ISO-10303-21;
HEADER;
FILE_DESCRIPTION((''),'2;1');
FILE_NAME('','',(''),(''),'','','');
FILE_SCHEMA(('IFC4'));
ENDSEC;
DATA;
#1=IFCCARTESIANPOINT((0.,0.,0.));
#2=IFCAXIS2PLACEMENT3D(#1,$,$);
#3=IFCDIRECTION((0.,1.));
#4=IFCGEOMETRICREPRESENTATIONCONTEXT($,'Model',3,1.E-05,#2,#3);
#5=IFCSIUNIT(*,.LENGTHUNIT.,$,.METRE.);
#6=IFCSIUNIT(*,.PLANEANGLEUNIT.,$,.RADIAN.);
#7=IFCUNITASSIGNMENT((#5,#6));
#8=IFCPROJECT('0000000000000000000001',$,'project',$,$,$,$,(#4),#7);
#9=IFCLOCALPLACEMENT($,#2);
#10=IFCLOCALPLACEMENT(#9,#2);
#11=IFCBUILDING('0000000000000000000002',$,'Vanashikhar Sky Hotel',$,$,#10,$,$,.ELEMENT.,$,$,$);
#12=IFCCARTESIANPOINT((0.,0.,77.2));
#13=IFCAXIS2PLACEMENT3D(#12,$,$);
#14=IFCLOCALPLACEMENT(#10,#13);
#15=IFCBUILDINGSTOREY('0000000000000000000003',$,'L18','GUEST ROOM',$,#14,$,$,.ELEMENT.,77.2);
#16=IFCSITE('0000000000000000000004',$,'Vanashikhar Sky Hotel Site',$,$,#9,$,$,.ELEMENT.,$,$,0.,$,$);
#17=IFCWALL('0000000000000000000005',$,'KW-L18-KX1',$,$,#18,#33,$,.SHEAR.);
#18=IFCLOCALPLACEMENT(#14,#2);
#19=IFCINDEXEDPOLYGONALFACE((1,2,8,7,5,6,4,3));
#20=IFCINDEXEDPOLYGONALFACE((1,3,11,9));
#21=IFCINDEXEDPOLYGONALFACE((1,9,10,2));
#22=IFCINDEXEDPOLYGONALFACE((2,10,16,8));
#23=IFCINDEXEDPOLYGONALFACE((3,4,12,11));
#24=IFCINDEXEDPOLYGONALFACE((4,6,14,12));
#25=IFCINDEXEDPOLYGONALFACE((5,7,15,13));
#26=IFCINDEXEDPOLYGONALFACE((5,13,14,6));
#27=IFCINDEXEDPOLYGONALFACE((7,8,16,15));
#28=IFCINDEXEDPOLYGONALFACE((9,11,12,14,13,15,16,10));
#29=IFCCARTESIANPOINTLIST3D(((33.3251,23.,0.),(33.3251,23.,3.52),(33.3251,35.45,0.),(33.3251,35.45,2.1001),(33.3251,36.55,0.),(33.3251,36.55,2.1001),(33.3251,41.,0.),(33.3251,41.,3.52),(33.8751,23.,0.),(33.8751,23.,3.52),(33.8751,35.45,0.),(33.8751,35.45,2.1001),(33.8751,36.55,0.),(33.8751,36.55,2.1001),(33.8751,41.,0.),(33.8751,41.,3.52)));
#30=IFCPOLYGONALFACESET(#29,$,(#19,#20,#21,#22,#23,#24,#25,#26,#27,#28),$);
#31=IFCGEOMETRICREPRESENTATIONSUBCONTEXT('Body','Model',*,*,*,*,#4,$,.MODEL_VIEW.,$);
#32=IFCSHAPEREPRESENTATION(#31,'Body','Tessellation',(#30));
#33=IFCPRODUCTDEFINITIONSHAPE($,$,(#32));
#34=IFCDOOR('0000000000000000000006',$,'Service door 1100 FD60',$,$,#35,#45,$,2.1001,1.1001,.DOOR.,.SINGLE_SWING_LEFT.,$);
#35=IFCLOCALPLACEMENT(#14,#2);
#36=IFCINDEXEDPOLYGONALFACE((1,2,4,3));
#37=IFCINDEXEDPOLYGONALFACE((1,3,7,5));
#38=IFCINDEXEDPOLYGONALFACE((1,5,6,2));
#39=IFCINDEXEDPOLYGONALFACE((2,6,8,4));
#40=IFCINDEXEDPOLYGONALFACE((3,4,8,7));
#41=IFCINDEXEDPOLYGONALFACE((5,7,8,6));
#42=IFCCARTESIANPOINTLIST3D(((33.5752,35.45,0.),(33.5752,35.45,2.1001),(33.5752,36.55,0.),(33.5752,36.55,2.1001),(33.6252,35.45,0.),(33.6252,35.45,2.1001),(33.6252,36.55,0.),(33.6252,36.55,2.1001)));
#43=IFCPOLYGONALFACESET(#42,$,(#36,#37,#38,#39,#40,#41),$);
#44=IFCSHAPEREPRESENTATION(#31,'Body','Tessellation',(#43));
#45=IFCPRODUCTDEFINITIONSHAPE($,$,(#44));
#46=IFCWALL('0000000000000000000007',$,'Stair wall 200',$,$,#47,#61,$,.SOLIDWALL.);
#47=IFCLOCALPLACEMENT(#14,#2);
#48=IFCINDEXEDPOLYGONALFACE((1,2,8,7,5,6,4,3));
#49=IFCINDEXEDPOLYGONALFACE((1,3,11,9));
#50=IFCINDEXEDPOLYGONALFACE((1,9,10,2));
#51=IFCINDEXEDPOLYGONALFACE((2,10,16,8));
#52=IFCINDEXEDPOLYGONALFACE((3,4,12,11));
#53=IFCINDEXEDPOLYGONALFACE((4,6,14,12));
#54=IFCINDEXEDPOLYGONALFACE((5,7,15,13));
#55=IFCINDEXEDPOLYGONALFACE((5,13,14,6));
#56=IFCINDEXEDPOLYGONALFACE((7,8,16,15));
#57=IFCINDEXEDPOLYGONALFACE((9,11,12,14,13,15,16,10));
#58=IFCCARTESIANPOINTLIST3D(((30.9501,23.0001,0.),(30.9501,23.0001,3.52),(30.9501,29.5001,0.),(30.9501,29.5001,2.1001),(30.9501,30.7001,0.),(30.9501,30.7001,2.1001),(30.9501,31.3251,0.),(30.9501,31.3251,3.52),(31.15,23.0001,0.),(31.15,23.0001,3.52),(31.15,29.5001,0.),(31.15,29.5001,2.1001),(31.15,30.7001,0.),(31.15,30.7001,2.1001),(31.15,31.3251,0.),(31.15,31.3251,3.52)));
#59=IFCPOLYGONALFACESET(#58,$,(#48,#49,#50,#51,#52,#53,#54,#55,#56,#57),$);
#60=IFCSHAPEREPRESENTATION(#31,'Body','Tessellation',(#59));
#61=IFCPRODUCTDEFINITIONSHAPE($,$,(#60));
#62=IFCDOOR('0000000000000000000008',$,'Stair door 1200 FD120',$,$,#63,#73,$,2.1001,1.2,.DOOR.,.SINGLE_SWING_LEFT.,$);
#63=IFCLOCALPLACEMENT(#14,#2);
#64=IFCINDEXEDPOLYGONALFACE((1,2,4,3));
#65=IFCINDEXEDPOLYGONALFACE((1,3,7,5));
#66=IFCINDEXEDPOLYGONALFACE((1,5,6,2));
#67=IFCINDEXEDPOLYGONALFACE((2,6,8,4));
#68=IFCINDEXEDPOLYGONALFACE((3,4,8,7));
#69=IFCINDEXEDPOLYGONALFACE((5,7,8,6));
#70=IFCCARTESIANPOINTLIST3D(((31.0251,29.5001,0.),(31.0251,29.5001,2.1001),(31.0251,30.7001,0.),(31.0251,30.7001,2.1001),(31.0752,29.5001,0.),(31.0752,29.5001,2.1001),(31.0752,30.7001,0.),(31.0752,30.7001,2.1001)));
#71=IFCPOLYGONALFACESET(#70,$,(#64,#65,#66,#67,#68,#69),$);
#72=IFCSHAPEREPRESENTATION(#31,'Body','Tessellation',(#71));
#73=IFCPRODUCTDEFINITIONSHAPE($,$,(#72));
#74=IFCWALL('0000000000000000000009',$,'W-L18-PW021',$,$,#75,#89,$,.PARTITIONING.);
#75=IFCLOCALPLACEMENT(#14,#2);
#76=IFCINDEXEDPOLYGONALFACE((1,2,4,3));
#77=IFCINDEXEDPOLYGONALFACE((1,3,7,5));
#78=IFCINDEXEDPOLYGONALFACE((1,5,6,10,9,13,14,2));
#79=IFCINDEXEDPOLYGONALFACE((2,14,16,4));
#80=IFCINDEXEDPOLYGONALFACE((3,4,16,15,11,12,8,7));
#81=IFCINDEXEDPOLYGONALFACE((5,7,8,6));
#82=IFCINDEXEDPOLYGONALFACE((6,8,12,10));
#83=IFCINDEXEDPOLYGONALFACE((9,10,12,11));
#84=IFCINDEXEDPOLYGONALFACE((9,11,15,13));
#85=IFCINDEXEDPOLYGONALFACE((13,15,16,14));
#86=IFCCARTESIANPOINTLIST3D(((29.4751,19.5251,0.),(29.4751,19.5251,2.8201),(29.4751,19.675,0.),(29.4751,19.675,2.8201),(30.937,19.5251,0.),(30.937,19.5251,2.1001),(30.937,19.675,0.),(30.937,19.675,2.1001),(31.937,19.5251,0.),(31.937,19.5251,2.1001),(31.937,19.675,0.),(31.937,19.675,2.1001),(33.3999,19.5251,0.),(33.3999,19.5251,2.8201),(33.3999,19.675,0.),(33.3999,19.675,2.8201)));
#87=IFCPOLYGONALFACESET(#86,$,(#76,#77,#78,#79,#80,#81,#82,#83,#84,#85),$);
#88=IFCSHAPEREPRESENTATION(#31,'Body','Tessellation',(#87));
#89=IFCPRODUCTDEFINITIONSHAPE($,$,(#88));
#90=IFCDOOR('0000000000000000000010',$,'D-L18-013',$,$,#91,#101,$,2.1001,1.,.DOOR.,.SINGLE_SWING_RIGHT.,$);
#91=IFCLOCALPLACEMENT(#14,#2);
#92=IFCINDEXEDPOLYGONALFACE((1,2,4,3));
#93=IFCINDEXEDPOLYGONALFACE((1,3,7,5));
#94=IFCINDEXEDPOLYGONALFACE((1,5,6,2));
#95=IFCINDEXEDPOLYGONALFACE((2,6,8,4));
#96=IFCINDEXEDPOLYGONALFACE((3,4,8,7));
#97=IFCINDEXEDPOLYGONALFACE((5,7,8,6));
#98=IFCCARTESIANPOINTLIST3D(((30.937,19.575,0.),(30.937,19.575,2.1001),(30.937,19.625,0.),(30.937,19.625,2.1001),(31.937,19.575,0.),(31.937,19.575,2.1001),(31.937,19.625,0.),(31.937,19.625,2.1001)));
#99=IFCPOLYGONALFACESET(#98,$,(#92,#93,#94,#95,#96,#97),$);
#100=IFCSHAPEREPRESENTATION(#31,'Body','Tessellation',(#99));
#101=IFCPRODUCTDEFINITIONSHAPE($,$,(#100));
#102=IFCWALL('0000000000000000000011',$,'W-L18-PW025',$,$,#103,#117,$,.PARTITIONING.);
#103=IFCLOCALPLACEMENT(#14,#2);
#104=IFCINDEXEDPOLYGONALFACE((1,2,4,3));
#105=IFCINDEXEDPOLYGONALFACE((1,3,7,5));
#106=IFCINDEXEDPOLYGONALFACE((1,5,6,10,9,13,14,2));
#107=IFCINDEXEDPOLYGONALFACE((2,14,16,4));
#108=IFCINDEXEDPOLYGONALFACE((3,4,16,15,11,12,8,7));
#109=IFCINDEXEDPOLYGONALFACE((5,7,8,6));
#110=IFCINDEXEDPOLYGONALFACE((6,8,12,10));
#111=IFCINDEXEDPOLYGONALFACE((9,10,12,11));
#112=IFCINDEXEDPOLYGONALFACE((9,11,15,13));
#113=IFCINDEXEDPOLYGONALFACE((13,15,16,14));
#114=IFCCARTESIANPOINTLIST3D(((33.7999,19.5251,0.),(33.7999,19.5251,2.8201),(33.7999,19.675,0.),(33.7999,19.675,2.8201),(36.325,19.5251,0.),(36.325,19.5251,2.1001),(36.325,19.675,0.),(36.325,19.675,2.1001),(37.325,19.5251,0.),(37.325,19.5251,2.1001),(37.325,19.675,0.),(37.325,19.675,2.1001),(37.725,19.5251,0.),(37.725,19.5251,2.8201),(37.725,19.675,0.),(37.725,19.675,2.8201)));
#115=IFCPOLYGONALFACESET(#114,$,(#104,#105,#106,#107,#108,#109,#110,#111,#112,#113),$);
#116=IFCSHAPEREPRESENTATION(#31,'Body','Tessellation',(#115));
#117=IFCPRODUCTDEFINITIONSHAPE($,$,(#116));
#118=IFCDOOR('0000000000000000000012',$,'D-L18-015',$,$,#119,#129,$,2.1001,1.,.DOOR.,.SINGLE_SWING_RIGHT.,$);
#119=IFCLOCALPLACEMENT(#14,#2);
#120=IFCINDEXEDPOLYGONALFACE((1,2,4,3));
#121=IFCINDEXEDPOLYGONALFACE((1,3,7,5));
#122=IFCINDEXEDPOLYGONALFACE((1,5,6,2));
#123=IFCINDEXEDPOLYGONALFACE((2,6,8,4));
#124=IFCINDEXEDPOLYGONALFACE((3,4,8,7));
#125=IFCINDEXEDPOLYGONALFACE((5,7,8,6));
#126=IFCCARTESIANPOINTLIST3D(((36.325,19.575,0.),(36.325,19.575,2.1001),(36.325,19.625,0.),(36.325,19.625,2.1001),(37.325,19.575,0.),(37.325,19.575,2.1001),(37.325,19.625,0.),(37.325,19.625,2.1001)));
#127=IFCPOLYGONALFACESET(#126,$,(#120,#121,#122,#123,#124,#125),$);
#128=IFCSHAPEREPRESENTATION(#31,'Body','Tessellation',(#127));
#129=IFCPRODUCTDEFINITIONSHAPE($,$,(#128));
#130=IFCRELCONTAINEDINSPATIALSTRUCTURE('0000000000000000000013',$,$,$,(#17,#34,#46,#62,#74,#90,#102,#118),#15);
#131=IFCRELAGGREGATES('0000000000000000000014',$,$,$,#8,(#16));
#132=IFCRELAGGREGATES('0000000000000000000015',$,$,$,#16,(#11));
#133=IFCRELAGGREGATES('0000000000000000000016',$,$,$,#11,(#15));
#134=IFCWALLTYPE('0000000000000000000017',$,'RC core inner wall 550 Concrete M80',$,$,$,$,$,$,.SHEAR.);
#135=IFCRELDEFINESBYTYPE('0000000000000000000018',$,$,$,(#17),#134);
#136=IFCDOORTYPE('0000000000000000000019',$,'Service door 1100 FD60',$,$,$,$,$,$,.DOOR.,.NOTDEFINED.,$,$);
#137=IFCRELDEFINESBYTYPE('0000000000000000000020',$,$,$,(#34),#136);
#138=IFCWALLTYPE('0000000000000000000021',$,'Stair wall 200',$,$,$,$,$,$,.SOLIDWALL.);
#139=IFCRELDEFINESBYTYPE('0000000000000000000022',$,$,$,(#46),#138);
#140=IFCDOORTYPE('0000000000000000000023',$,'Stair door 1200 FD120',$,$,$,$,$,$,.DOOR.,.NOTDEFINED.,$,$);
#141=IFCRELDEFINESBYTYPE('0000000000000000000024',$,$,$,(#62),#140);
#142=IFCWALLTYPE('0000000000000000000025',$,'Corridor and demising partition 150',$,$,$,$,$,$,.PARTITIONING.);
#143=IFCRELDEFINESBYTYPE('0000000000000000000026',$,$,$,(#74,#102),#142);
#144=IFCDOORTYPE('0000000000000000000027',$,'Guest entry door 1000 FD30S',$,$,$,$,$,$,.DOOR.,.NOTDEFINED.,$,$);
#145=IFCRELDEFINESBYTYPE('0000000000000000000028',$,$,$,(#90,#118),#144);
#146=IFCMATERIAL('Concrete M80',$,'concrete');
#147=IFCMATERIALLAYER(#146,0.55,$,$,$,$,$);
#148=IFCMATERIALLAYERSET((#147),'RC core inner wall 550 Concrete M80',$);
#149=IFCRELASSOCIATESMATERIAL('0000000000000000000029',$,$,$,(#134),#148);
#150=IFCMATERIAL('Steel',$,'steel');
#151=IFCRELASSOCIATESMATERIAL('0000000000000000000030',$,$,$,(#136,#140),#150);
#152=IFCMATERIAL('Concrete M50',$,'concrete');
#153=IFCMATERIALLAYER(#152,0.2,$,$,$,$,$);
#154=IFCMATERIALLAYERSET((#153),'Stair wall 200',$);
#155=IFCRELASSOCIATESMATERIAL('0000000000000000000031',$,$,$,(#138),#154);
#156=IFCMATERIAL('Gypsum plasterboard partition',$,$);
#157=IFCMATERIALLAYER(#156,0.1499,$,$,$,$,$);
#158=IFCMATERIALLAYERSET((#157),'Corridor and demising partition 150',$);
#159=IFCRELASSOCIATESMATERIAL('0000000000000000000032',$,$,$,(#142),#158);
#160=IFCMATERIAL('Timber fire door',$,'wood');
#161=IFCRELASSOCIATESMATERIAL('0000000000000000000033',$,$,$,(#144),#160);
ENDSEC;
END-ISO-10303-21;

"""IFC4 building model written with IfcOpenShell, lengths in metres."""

from ifc_helpers import new_model, si_unit, direction, frame, frame_2d, origin, place, context, subcontext, project, spatial, rectangle, extrude, source, transform, mapped, material, layer, layer_set, type_object, element, fill, save


model = new_model("IFC4")

# Units and contexts
model_context = context("Model", 3, precision=1e-05, world=origin(), true_north=direction((0.0, 1.0)))
body_context = subcontext(model_context, "Body", "Model", "MODEL_VIEW")
ifc_project = project(units=[si_unit("LENGTHUNIT", "METRE"), si_unit("PLANEANGLEUNIT", "RADIAN")], contexts=[model_context])

# Site, building, storey
site_placement = place(None, origin())
site = spatial("IfcSite", under=ifc_project, at=site_placement, Name="Vanashikhar Sky Hotel Site", CompositionType="ELEMENT", RefElevation=0.0)
building_placement = place(site_placement, origin())
building = spatial("IfcBuilding", under=site, at=building_placement, Name="Vanashikhar Sky Hotel", CompositionType="ELEMENT")
storey_placement = place(building_placement, frame((0.0, 0.0, 77.2)))
storey = spatial("IfcBuildingStorey", under=building, at=storey_placement, Name="L18", Description="GUEST ROOM", CompositionType="ELEMENT", Elevation=77.2)

# Walls, openings, doors
ifc_material_1 = material(Name="Concrete M80", Category="concrete")
ifc_layer_1 = layer(ifc_material_1, 0.55)
ifc_layer_set_1 = layer_set([ifc_layer_1], Name="RC core inner wall 550 Concrete M80")
wall_type_1 = type_object("IfcWallType", Name="RC core inner wall 550 Concrete M80", PredefinedType="SHEAR", material=ifc_layer_set_1)
shared_shape_1 = source(origin(), body_context, "Body", "SweptSolid", [
    extrude(rectangle(XDim=18.0, YDim=0.55, at=frame_2d((9.0, 0.0))), origin(), (0.0, 0.0, 1.0), 3.52),
])
wall_1_placement = place(storey_placement, frame((33.6001, 23.0, 0.0), z_axis=(0.0, 0.0, 1.0), x_axis=(0.0, 1.0, 0.0)))
wall_1 = element("IfcWall", 1, at=wall_1_placement, inside=storey, type_object=wall_type_1, Name="KW-L18-KX1", PredefinedType="SHEAR", context=body_context, shape_type="MappedRepresentation", body=[
    mapped(shared_shape_1, transform((0.0, 0.0, 0.0), scale=1.0)),
])
shared_shape_2 = source(origin(), body_context, "Body", "SweptSolid", [
    extrude(rectangle(XDim=1.1001, YDim=2.1001, at=frame_2d((0.55, 1.05))), frame((0.0, 0.2852, 0.0), z_axis=(0.0, -1.0, 0.0), x_axis=(1.0, 0.0, 0.0)), (0.0, 0.0, 1.0), 0.5701),
])
opening_1_placement = place(wall_1_placement, frame((12.45, 0.0, 0.0)))
opening_1 = element("IfcOpeningElement", 2, at=opening_1_placement, cuts=wall_1, PredefinedType="OPENING", context=body_context, shape_type="MappedRepresentation", body=[
    mapped(shared_shape_2, transform((0.0, 0.0, 0.0), scale=1.0)),
])
ifc_material_2 = material(Name="Steel", Category="steel")
door_type_1 = type_object("IfcDoorType", Name="Service door 1100 FD60", OperationType="NOTDEFINED", PredefinedType="DOOR", material=ifc_material_2)
shared_shape_3 = source(origin(), body_context, "Body", "SweptSolid", [
    extrude(rectangle(XDim=1.1001, YDim=2.1001, at=frame_2d((0.55, 1.05))), frame((0.0, 0.0249, 0.0), z_axis=(0.0, -1.0, 0.0), x_axis=(1.0, 0.0, 0.0)), (0.0, 0.0, 1.0), 0.05),
])
door_1_placement = place(opening_1_placement, origin())
door_1 = element("IfcDoor", 3, at=door_1_placement, inside=storey, type_object=door_type_1, Name="Service door 1100 FD60", OperationType="SINGLE_SWING_LEFT", OverallHeight=2.1001, OverallWidth=1.1001, PredefinedType="DOOR", context=body_context, shape_type="MappedRepresentation", body=[
    mapped(shared_shape_3, transform((0.0, 0.0, 0.0), scale=1.0)),
])
fill(opening_1, door_1)
ifc_material_3 = material(Name="Concrete M50", Category="concrete")
ifc_layer_2 = layer(ifc_material_3, 0.2)
ifc_layer_set_2 = layer_set([ifc_layer_2], Name="Stair wall 200")
wall_type_2 = type_object("IfcWallType", Name="Stair wall 200", PredefinedType="SOLIDWALL", material=ifc_layer_set_2)
shared_shape_4 = source(origin(), body_context, "Body", "SweptSolid", [
    extrude(rectangle(XDim=8.325, YDim=0.2, at=frame_2d((4.1626, 0.0))), origin(), (0.0, 0.0, 1.0), 3.52),
])
wall_2_placement = place(storey_placement, frame((31.05, 23.0, 0.0), z_axis=(0.0, 0.0, 1.0), x_axis=(0.0, 1.0, 0.0)))
wall_2 = element("IfcWall", 4, at=wall_2_placement, inside=storey, type_object=wall_type_2, Name="Stair wall 200", PredefinedType="SOLIDWALL", context=body_context, shape_type="MappedRepresentation", body=[
    mapped(shared_shape_4, transform((0.0, 0.0, 0.0), scale=1.0)),
])
shared_shape_5 = source(origin(), body_context, "Body", "SweptSolid", [
    extrude(rectangle(XDim=1.2, YDim=2.1001, at=frame_2d((0.6001, 1.05))), frame((0.0, 0.1099, 0.0), z_axis=(0.0, -1.0, 0.0), x_axis=(1.0, 0.0, 0.0)), (0.0, 0.0, 1.0), 0.22),
])
opening_2_placement = place(wall_2_placement, frame((6.5, 0.0, 0.0)))
opening_2 = element("IfcOpeningElement", 5, at=opening_2_placement, cuts=wall_2, PredefinedType="OPENING", context=body_context, shape_type="MappedRepresentation", body=[
    mapped(shared_shape_5, transform((0.0, 0.0, 0.0), scale=1.0)),
])
door_type_2 = type_object("IfcDoorType", Name="Stair door 1200 FD120", OperationType="NOTDEFINED", PredefinedType="DOOR", material=ifc_material_2)
shared_shape_6 = source(origin(), body_context, "Body", "SweptSolid", [
    extrude(rectangle(XDim=1.2, YDim=2.1001, at=frame_2d((0.6001, 1.05))), frame((0.0, 0.0249, 0.0), z_axis=(0.0, -1.0, 0.0), x_axis=(1.0, 0.0, 0.0)), (0.0, 0.0, 1.0), 0.05),
])
door_2_placement = place(opening_2_placement, origin())
door_2 = element("IfcDoor", 6, at=door_2_placement, inside=storey, type_object=door_type_2, Name="Stair door 1200 FD120", OperationType="SINGLE_SWING_LEFT", OverallHeight=2.1001, OverallWidth=1.2, PredefinedType="DOOR", context=body_context, shape_type="MappedRepresentation", body=[
    mapped(shared_shape_6, transform((0.0, 0.0, 0.0), scale=1.0)),
])
fill(opening_2, door_2)
ifc_material_4 = material(Name="Gypsum plasterboard partition")
ifc_layer_3 = layer(ifc_material_4, 0.1499)
ifc_layer_set_3 = layer_set([ifc_layer_3], Name="Corridor and demising partition 150")
wall_type_3 = type_object("IfcWallType", Name="Corridor and demising partition 150", PredefinedType="PARTITIONING", material=ifc_layer_set_3)
shared_shape_7 = source(origin(), body_context, "Body", "SweptSolid", [
    extrude(rectangle(XDim=3.9248, YDim=0.1499, at=frame_2d((1.9624, 0.0))), origin(), (0.0, 0.0, 1.0), 2.8201),
])
wall_3_placement = place(storey_placement, frame((29.4751, 19.6001, 0.0), z_axis=(0.0, 0.0, 1.0), x_axis=(1.0, 0.0, 0.0)))
wall_3 = element("IfcWall", 7, at=wall_3_placement, inside=storey, type_object=wall_type_3, Name="W-L18-PW021", PredefinedType="PARTITIONING", context=body_context, shape_type="MappedRepresentation", body=[
    mapped(shared_shape_7, transform((0.0, 0.0, 0.0), scale=1.0)),
])
shared_shape_8 = source(origin(), body_context, "Body", "SweptSolid", [
    extrude(rectangle(XDim=1.0, YDim=2.1001, at=frame_2d((0.5, 1.05))), frame((0.0, 0.085, 0.0), z_axis=(0.0, -1.0, 0.0), x_axis=(1.0, 0.0, 0.0)), (0.0, 0.0, 1.0), 0.1699),
])
opening_3_placement = place(wall_3_placement, frame((1.4619, 0.0, 0.0)))
opening_3 = element("IfcOpeningElement", 8, at=opening_3_placement, cuts=wall_3, PredefinedType="OPENING", context=body_context, shape_type="MappedRepresentation", body=[
    mapped(shared_shape_8, transform((0.0, 0.0, 0.0), scale=1.0)),
])
ifc_material_5 = material(Name="Timber fire door", Category="wood")
door_type_3 = type_object("IfcDoorType", Name="Guest entry door 1000 FD30S", OperationType="NOTDEFINED", PredefinedType="DOOR", material=ifc_material_5)
shared_shape_9 = source(origin(), body_context, "Body", "SweptSolid", [
    extrude(rectangle(XDim=1.0, YDim=2.1001, at=frame_2d((0.5, 1.05))), frame((0.0, 0.0249, 0.0), z_axis=(0.0, -1.0, 0.0), x_axis=(1.0, 0.0, 0.0)), (0.0, 0.0, 1.0), 0.05),
])
door_3_placement = place(opening_3_placement, origin())
door_3 = element("IfcDoor", 9, at=door_3_placement, inside=storey, type_object=door_type_3, Name="D-L18-013", OperationType="SINGLE_SWING_RIGHT", OverallHeight=2.1001, OverallWidth=1.0, PredefinedType="DOOR", context=body_context, shape_type="MappedRepresentation", body=[
    mapped(shared_shape_9, transform((0.0, 0.0, 0.0), scale=1.0)),
])
fill(opening_3, door_3)
shared_shape_10 = source(origin(), body_context, "Body", "SweptSolid", [
    extrude(rectangle(XDim=3.925, YDim=0.1499, at=frame_2d((1.9624, 0.0))), origin(), (0.0, 0.0, 1.0), 2.8201),
])
wall_4_placement = place(storey_placement, frame((33.8, 19.6001, 0.0), z_axis=(0.0, 0.0, 1.0), x_axis=(1.0, 0.0, 0.0)))
wall_4 = element("IfcWall", 10, at=wall_4_placement, inside=storey, type_object=wall_type_3, Name="W-L18-PW025", PredefinedType="PARTITIONING", context=body_context, shape_type="MappedRepresentation", body=[
    mapped(shared_shape_10, transform((0.0, 0.0, 0.0), scale=1.0)),
])
opening_4_placement = place(wall_4_placement, frame((2.5249, 0.0, 0.0)))
opening_4 = element("IfcOpeningElement", 11, at=opening_4_placement, cuts=wall_4, PredefinedType="OPENING", context=body_context, shape_type="MappedRepresentation", body=[
    mapped(shared_shape_8, transform((0.0, 0.0, 0.0), scale=1.0)),
])
door_4_placement = place(opening_4_placement, origin())
door_4 = element("IfcDoor", 12, at=door_4_placement, inside=storey, type_object=door_type_3, Name="D-L18-015", OperationType="SINGLE_SWING_RIGHT", OverallHeight=2.1001, OverallWidth=1.0, PredefinedType="DOOR", context=body_context, shape_type="MappedRepresentation", body=[
    mapped(shared_shape_9, transform((0.0, 0.0, 0.0), scale=1.0)),
])
fill(opening_4, door_4)

save(model, "model.ifc")
